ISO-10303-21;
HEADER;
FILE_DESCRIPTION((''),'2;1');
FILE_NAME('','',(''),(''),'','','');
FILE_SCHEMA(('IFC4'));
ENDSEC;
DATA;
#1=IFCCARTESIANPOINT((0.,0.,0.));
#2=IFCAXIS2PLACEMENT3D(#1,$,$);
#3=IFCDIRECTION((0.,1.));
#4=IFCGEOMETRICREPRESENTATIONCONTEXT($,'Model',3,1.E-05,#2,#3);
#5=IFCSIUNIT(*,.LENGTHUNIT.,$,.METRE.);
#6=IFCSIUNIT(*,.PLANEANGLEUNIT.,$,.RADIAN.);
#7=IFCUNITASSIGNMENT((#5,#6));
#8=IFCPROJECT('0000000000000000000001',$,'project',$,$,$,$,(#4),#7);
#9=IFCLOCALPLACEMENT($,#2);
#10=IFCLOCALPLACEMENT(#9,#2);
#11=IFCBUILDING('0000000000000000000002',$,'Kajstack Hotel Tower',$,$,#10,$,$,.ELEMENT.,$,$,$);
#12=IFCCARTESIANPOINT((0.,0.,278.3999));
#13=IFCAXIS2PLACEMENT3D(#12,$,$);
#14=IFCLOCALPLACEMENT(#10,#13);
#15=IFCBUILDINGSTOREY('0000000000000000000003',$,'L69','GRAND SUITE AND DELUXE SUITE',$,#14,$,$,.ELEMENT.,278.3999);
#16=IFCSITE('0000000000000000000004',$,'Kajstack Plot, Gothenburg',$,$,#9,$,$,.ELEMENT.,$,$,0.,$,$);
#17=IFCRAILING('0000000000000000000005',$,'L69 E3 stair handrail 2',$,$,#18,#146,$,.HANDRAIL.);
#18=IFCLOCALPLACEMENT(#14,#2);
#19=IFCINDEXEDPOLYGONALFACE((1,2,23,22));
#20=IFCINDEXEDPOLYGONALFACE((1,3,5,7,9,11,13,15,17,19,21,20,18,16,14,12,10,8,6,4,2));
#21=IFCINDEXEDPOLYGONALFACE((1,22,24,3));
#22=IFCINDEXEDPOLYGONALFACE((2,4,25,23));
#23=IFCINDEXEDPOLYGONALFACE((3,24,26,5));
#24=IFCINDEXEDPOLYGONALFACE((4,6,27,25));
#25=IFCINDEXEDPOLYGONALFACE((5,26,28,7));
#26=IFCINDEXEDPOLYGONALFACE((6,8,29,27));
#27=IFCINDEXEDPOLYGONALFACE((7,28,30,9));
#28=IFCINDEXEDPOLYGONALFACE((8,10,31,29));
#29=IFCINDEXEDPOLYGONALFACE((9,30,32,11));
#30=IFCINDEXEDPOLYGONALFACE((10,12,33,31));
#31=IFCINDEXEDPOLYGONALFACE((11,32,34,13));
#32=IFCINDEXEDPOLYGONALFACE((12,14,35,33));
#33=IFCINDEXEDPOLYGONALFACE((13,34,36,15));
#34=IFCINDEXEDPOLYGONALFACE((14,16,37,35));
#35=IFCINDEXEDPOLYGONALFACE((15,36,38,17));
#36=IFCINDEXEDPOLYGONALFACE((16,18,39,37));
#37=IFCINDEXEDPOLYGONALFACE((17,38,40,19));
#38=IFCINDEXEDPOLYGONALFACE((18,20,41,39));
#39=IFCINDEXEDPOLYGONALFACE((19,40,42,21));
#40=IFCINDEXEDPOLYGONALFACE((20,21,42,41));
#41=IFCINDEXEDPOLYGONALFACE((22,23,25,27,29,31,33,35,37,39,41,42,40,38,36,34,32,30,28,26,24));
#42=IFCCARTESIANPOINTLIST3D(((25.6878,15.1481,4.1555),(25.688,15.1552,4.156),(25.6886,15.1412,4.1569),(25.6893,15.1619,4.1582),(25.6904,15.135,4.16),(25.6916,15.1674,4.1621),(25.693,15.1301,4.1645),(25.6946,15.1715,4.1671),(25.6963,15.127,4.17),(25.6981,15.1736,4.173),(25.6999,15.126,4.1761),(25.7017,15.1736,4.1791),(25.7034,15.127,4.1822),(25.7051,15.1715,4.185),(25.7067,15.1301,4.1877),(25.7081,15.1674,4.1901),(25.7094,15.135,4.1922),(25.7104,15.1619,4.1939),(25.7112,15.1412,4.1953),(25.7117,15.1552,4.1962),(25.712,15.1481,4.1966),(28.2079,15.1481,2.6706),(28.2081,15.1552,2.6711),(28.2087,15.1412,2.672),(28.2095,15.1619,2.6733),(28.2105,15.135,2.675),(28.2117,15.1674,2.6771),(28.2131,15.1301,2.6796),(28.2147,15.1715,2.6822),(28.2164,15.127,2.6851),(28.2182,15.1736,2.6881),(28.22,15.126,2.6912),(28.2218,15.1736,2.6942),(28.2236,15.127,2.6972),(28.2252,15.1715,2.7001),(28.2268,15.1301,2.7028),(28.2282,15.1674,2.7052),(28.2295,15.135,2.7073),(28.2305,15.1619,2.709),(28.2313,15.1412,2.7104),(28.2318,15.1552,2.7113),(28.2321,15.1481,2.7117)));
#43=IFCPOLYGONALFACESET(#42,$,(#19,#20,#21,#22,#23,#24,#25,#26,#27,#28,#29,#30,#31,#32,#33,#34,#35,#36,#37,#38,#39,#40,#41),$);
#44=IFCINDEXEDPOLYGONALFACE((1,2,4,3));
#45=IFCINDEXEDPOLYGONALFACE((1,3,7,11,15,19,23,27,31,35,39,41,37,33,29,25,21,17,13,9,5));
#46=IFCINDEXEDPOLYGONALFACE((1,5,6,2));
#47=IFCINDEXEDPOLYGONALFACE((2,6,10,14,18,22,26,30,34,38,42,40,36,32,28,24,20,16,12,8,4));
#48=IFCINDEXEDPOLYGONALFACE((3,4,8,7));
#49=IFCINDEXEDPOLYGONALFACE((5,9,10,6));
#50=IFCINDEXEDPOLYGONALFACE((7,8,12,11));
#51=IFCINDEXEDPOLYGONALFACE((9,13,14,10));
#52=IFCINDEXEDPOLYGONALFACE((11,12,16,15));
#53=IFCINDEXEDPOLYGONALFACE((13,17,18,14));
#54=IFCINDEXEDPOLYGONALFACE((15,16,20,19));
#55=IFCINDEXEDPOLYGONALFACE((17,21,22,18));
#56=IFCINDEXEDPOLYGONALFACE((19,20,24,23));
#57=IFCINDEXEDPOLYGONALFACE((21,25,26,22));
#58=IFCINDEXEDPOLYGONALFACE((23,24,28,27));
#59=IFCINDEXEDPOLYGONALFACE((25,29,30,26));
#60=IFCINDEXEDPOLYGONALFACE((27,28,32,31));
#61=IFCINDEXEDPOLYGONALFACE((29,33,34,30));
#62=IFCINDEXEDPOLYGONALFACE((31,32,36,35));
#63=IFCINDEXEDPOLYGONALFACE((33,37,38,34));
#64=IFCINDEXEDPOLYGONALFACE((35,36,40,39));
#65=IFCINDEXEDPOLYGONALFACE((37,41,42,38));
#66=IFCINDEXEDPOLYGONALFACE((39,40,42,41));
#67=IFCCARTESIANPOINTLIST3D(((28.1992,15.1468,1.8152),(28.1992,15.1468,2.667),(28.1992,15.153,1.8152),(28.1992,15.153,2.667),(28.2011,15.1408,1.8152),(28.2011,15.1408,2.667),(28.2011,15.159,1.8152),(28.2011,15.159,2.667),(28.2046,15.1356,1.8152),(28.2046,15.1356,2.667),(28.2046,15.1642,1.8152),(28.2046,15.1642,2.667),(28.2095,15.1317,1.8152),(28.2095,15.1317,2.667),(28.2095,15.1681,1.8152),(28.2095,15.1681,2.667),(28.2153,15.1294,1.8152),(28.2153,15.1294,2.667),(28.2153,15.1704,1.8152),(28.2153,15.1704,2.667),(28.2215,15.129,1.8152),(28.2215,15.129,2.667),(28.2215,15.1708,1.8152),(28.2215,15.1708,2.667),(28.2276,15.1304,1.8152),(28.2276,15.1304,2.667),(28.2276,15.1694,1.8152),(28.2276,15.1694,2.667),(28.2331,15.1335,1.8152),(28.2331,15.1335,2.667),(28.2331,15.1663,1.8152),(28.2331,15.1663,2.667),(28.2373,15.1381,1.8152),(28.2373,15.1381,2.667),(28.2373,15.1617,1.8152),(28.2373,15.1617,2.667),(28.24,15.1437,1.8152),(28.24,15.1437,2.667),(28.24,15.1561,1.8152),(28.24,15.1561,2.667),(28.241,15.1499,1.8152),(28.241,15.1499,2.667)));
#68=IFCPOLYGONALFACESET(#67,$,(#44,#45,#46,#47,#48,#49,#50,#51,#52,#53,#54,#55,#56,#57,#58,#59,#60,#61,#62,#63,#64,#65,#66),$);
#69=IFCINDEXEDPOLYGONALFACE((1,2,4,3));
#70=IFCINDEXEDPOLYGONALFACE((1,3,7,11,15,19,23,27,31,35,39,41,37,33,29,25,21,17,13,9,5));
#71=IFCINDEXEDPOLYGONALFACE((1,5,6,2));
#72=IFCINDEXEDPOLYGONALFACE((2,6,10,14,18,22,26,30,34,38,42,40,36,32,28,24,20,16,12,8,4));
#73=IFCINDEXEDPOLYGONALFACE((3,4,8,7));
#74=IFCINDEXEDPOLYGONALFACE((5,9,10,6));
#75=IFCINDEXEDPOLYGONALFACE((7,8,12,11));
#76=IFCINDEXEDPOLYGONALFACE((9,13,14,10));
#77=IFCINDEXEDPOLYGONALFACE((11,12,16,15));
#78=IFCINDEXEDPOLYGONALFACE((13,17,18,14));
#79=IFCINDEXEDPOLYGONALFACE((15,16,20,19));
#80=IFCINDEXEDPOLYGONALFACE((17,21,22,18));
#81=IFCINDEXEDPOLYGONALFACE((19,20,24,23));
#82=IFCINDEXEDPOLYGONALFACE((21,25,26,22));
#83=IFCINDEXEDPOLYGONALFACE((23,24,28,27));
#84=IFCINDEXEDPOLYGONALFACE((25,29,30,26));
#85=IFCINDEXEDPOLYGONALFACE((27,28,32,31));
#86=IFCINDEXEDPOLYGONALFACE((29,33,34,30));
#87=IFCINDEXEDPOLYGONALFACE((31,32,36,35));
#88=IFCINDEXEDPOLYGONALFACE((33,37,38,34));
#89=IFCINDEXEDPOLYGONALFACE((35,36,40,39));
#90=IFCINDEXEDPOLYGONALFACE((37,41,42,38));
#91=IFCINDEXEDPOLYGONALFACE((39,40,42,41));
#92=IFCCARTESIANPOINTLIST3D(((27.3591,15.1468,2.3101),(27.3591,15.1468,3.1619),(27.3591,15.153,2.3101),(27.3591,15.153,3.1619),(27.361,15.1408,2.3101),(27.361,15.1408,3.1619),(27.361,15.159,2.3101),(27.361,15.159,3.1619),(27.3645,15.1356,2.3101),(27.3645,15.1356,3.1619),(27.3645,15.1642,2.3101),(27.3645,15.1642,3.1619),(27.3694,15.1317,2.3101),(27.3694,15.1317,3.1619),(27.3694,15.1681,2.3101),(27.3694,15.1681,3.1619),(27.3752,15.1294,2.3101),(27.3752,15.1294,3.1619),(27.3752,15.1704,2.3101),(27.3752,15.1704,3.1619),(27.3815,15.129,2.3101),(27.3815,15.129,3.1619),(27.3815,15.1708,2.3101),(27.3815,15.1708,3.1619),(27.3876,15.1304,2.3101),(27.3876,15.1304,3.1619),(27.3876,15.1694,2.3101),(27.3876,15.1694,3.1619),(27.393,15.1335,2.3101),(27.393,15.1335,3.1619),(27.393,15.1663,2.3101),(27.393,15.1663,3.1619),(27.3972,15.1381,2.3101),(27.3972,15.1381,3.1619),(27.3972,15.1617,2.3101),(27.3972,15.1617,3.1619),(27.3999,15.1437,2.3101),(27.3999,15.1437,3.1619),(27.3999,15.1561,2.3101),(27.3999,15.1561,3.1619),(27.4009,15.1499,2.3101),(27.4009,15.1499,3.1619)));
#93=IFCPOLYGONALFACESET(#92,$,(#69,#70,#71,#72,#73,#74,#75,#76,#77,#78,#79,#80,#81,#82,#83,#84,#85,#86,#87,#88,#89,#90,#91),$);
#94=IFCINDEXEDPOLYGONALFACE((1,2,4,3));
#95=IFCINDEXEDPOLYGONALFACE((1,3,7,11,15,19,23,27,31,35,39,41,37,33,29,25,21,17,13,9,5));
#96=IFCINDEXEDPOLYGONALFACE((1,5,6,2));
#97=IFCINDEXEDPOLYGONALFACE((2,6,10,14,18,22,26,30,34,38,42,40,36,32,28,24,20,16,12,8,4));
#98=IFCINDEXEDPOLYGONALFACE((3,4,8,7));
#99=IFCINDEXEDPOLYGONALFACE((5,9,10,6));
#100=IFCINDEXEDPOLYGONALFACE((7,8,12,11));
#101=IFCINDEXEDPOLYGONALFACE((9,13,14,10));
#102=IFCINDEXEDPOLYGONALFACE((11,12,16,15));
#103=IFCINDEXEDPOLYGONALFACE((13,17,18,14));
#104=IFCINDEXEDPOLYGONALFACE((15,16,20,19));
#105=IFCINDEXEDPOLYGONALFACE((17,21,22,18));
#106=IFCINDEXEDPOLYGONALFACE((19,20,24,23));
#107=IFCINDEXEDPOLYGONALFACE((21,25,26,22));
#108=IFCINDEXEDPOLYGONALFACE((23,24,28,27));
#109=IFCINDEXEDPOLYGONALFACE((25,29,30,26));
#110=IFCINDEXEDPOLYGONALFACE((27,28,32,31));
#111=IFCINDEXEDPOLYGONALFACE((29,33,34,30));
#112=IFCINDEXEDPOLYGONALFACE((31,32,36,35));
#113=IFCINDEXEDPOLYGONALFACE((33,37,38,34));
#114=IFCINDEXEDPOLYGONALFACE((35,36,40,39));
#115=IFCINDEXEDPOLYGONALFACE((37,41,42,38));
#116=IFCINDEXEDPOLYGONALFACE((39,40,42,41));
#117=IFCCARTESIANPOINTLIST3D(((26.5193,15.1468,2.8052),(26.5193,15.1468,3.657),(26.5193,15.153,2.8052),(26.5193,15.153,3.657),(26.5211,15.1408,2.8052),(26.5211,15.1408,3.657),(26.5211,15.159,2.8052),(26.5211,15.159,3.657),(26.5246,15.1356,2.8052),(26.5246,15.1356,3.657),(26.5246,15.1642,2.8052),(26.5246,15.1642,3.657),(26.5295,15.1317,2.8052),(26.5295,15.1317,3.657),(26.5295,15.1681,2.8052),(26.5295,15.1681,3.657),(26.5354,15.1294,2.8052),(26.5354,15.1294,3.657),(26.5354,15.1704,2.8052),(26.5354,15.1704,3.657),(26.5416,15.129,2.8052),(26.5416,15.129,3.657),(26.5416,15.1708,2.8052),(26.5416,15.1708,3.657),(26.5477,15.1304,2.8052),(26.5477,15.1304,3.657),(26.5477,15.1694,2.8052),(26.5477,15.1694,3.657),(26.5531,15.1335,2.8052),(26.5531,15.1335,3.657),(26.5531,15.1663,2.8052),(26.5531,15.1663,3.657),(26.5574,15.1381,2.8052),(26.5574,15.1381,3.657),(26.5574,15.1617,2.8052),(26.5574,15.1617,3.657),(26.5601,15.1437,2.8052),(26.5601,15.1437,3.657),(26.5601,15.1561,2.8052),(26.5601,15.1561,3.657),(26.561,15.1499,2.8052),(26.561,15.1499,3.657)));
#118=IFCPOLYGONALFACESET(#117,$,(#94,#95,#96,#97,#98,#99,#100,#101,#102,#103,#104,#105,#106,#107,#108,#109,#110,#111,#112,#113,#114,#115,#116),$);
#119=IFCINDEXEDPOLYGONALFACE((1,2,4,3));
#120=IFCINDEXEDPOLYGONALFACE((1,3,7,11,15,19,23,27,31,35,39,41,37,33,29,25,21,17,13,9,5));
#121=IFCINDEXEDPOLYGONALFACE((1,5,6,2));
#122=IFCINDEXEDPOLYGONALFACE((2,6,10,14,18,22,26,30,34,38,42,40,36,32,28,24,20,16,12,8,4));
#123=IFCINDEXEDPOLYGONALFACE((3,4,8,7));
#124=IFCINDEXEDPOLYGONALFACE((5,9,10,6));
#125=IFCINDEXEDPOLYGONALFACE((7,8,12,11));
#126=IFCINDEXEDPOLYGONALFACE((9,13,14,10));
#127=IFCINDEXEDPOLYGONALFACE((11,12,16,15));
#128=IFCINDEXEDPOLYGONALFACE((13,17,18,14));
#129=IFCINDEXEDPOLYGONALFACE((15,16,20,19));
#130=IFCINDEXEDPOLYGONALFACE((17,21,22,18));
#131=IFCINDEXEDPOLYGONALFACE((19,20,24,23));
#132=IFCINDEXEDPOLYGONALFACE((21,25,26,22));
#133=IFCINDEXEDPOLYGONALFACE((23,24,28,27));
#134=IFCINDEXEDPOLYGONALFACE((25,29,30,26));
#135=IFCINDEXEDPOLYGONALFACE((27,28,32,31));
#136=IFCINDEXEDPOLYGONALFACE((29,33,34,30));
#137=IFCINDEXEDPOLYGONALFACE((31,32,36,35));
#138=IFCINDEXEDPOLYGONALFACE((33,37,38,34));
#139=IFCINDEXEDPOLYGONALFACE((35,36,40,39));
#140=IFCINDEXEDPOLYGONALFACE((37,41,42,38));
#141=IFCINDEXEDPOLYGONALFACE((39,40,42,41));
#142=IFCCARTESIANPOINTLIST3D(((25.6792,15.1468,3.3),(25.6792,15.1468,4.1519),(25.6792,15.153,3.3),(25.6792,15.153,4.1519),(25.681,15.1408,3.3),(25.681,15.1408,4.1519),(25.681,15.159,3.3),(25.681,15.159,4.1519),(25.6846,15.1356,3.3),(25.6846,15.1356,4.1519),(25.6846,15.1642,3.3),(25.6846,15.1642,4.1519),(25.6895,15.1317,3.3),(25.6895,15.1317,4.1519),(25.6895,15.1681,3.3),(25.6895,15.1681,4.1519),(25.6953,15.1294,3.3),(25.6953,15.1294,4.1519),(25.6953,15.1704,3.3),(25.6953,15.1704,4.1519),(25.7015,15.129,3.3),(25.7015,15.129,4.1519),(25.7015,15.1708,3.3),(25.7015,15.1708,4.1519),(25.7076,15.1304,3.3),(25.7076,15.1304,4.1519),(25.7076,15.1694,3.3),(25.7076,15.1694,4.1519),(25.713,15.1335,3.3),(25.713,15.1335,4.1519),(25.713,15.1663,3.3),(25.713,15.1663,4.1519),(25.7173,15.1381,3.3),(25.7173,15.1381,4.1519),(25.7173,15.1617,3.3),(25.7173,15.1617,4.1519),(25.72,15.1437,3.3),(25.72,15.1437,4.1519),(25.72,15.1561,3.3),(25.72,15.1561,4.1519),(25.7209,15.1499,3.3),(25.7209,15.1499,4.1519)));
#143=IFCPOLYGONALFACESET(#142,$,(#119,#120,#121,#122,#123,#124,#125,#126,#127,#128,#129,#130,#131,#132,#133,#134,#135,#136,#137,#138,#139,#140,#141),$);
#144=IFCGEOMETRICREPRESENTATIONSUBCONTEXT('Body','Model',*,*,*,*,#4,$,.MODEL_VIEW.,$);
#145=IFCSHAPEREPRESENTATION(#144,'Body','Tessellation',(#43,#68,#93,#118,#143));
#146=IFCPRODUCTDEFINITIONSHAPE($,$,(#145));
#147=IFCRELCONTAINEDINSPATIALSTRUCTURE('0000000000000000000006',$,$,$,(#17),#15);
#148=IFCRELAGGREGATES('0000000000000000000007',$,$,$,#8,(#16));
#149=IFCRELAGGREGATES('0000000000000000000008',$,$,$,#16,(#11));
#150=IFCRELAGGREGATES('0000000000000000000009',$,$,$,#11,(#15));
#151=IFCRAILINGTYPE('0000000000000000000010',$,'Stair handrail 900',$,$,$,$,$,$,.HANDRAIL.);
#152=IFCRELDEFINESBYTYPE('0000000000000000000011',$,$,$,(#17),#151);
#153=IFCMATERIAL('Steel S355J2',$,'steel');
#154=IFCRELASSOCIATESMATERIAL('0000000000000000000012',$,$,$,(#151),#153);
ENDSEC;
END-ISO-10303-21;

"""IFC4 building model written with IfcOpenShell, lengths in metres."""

from ifc_helpers import new_model, si_unit, direction, frame, origin, origin_2d, place, context, subcontext, project, spatial, circle, extrude, material, type_object, element, save


model = new_model("IFC4")

# Units and contexts
model_context = context("Model", 3, precision=1e-05, world=origin(), true_north=direction((0.0, 1.0)))
body_context = subcontext(model_context, "Body", "Model", "MODEL_VIEW")
ifc_project = project(units=[si_unit("LENGTHUNIT", "METRE"), si_unit("PLANEANGLEUNIT", "RADIAN")], contexts=[model_context])

# Site, building, storey
site_placement = place(None, origin())
site = spatial("IfcSite", under=ifc_project, at=site_placement, Name="Kajstack Plot, Gothenburg", CompositionType="ELEMENT", RefElevation=0.0)
building_placement = place(site_placement, origin())
building = spatial("IfcBuilding", under=site, at=building_placement, Name="Kajstack Hotel Tower", CompositionType="ELEMENT")
storey_placement = place(building_placement, frame((0.0, 0.0, 278.3999)))
storey = spatial("IfcBuildingStorey", under=building, at=storey_placement, Name="L69", Description="GRAND SUITE AND DELUXE SUITE", CompositionType="ELEMENT", Elevation=278.3999)

# Railing
ifc_material_1 = material(Name="Steel S355J2", Category="steel")
railing_type_1 = type_object("IfcRailingType", Name="Stair handrail 900", PredefinedType="HANDRAIL", material=ifc_material_1)
railing_1_placement = place(storey_placement, frame((28.22, 15.1499, 1.8152)))
element("IfcRailing", 1, at=railing_1_placement, inside=storey, type_object=railing_type_1, Name="L69 E3 stair handrail 2", PredefinedType="HANDRAIL", context=body_context, shape_type="SweptSolid", body=[
    extrude(circle(Radius=0.0239, at=origin_2d()), frame((0.0, 0.0, 0.876), z_axis=(-0.861561, 0.0, 0.507655), x_axis=(0.0, -1.0, 0.0)), (0.0, 0.0, 1.0), 2.925),
    extrude(circle(Radius=0.021, at=origin_2d()), origin(), (0.0, 0.0, 1.0), 0.8518),
    extrude(circle(Radius=0.021, at=origin_2d()), frame((-0.8401, 0.0, 0.4949)), (0.0, 0.0, 1.0), 0.8518),
    extrude(circle(Radius=0.021, at=origin_2d()), frame((-1.6799, 0.0, 0.99)), (0.0, 0.0, 1.0), 0.8518),
    extrude(circle(Radius=0.021, at=origin_2d()), frame((-2.52, 0.0, 1.4849)), (0.0, 0.0, 1.0), 0.8518),
])

save(model, "model.ifc")
